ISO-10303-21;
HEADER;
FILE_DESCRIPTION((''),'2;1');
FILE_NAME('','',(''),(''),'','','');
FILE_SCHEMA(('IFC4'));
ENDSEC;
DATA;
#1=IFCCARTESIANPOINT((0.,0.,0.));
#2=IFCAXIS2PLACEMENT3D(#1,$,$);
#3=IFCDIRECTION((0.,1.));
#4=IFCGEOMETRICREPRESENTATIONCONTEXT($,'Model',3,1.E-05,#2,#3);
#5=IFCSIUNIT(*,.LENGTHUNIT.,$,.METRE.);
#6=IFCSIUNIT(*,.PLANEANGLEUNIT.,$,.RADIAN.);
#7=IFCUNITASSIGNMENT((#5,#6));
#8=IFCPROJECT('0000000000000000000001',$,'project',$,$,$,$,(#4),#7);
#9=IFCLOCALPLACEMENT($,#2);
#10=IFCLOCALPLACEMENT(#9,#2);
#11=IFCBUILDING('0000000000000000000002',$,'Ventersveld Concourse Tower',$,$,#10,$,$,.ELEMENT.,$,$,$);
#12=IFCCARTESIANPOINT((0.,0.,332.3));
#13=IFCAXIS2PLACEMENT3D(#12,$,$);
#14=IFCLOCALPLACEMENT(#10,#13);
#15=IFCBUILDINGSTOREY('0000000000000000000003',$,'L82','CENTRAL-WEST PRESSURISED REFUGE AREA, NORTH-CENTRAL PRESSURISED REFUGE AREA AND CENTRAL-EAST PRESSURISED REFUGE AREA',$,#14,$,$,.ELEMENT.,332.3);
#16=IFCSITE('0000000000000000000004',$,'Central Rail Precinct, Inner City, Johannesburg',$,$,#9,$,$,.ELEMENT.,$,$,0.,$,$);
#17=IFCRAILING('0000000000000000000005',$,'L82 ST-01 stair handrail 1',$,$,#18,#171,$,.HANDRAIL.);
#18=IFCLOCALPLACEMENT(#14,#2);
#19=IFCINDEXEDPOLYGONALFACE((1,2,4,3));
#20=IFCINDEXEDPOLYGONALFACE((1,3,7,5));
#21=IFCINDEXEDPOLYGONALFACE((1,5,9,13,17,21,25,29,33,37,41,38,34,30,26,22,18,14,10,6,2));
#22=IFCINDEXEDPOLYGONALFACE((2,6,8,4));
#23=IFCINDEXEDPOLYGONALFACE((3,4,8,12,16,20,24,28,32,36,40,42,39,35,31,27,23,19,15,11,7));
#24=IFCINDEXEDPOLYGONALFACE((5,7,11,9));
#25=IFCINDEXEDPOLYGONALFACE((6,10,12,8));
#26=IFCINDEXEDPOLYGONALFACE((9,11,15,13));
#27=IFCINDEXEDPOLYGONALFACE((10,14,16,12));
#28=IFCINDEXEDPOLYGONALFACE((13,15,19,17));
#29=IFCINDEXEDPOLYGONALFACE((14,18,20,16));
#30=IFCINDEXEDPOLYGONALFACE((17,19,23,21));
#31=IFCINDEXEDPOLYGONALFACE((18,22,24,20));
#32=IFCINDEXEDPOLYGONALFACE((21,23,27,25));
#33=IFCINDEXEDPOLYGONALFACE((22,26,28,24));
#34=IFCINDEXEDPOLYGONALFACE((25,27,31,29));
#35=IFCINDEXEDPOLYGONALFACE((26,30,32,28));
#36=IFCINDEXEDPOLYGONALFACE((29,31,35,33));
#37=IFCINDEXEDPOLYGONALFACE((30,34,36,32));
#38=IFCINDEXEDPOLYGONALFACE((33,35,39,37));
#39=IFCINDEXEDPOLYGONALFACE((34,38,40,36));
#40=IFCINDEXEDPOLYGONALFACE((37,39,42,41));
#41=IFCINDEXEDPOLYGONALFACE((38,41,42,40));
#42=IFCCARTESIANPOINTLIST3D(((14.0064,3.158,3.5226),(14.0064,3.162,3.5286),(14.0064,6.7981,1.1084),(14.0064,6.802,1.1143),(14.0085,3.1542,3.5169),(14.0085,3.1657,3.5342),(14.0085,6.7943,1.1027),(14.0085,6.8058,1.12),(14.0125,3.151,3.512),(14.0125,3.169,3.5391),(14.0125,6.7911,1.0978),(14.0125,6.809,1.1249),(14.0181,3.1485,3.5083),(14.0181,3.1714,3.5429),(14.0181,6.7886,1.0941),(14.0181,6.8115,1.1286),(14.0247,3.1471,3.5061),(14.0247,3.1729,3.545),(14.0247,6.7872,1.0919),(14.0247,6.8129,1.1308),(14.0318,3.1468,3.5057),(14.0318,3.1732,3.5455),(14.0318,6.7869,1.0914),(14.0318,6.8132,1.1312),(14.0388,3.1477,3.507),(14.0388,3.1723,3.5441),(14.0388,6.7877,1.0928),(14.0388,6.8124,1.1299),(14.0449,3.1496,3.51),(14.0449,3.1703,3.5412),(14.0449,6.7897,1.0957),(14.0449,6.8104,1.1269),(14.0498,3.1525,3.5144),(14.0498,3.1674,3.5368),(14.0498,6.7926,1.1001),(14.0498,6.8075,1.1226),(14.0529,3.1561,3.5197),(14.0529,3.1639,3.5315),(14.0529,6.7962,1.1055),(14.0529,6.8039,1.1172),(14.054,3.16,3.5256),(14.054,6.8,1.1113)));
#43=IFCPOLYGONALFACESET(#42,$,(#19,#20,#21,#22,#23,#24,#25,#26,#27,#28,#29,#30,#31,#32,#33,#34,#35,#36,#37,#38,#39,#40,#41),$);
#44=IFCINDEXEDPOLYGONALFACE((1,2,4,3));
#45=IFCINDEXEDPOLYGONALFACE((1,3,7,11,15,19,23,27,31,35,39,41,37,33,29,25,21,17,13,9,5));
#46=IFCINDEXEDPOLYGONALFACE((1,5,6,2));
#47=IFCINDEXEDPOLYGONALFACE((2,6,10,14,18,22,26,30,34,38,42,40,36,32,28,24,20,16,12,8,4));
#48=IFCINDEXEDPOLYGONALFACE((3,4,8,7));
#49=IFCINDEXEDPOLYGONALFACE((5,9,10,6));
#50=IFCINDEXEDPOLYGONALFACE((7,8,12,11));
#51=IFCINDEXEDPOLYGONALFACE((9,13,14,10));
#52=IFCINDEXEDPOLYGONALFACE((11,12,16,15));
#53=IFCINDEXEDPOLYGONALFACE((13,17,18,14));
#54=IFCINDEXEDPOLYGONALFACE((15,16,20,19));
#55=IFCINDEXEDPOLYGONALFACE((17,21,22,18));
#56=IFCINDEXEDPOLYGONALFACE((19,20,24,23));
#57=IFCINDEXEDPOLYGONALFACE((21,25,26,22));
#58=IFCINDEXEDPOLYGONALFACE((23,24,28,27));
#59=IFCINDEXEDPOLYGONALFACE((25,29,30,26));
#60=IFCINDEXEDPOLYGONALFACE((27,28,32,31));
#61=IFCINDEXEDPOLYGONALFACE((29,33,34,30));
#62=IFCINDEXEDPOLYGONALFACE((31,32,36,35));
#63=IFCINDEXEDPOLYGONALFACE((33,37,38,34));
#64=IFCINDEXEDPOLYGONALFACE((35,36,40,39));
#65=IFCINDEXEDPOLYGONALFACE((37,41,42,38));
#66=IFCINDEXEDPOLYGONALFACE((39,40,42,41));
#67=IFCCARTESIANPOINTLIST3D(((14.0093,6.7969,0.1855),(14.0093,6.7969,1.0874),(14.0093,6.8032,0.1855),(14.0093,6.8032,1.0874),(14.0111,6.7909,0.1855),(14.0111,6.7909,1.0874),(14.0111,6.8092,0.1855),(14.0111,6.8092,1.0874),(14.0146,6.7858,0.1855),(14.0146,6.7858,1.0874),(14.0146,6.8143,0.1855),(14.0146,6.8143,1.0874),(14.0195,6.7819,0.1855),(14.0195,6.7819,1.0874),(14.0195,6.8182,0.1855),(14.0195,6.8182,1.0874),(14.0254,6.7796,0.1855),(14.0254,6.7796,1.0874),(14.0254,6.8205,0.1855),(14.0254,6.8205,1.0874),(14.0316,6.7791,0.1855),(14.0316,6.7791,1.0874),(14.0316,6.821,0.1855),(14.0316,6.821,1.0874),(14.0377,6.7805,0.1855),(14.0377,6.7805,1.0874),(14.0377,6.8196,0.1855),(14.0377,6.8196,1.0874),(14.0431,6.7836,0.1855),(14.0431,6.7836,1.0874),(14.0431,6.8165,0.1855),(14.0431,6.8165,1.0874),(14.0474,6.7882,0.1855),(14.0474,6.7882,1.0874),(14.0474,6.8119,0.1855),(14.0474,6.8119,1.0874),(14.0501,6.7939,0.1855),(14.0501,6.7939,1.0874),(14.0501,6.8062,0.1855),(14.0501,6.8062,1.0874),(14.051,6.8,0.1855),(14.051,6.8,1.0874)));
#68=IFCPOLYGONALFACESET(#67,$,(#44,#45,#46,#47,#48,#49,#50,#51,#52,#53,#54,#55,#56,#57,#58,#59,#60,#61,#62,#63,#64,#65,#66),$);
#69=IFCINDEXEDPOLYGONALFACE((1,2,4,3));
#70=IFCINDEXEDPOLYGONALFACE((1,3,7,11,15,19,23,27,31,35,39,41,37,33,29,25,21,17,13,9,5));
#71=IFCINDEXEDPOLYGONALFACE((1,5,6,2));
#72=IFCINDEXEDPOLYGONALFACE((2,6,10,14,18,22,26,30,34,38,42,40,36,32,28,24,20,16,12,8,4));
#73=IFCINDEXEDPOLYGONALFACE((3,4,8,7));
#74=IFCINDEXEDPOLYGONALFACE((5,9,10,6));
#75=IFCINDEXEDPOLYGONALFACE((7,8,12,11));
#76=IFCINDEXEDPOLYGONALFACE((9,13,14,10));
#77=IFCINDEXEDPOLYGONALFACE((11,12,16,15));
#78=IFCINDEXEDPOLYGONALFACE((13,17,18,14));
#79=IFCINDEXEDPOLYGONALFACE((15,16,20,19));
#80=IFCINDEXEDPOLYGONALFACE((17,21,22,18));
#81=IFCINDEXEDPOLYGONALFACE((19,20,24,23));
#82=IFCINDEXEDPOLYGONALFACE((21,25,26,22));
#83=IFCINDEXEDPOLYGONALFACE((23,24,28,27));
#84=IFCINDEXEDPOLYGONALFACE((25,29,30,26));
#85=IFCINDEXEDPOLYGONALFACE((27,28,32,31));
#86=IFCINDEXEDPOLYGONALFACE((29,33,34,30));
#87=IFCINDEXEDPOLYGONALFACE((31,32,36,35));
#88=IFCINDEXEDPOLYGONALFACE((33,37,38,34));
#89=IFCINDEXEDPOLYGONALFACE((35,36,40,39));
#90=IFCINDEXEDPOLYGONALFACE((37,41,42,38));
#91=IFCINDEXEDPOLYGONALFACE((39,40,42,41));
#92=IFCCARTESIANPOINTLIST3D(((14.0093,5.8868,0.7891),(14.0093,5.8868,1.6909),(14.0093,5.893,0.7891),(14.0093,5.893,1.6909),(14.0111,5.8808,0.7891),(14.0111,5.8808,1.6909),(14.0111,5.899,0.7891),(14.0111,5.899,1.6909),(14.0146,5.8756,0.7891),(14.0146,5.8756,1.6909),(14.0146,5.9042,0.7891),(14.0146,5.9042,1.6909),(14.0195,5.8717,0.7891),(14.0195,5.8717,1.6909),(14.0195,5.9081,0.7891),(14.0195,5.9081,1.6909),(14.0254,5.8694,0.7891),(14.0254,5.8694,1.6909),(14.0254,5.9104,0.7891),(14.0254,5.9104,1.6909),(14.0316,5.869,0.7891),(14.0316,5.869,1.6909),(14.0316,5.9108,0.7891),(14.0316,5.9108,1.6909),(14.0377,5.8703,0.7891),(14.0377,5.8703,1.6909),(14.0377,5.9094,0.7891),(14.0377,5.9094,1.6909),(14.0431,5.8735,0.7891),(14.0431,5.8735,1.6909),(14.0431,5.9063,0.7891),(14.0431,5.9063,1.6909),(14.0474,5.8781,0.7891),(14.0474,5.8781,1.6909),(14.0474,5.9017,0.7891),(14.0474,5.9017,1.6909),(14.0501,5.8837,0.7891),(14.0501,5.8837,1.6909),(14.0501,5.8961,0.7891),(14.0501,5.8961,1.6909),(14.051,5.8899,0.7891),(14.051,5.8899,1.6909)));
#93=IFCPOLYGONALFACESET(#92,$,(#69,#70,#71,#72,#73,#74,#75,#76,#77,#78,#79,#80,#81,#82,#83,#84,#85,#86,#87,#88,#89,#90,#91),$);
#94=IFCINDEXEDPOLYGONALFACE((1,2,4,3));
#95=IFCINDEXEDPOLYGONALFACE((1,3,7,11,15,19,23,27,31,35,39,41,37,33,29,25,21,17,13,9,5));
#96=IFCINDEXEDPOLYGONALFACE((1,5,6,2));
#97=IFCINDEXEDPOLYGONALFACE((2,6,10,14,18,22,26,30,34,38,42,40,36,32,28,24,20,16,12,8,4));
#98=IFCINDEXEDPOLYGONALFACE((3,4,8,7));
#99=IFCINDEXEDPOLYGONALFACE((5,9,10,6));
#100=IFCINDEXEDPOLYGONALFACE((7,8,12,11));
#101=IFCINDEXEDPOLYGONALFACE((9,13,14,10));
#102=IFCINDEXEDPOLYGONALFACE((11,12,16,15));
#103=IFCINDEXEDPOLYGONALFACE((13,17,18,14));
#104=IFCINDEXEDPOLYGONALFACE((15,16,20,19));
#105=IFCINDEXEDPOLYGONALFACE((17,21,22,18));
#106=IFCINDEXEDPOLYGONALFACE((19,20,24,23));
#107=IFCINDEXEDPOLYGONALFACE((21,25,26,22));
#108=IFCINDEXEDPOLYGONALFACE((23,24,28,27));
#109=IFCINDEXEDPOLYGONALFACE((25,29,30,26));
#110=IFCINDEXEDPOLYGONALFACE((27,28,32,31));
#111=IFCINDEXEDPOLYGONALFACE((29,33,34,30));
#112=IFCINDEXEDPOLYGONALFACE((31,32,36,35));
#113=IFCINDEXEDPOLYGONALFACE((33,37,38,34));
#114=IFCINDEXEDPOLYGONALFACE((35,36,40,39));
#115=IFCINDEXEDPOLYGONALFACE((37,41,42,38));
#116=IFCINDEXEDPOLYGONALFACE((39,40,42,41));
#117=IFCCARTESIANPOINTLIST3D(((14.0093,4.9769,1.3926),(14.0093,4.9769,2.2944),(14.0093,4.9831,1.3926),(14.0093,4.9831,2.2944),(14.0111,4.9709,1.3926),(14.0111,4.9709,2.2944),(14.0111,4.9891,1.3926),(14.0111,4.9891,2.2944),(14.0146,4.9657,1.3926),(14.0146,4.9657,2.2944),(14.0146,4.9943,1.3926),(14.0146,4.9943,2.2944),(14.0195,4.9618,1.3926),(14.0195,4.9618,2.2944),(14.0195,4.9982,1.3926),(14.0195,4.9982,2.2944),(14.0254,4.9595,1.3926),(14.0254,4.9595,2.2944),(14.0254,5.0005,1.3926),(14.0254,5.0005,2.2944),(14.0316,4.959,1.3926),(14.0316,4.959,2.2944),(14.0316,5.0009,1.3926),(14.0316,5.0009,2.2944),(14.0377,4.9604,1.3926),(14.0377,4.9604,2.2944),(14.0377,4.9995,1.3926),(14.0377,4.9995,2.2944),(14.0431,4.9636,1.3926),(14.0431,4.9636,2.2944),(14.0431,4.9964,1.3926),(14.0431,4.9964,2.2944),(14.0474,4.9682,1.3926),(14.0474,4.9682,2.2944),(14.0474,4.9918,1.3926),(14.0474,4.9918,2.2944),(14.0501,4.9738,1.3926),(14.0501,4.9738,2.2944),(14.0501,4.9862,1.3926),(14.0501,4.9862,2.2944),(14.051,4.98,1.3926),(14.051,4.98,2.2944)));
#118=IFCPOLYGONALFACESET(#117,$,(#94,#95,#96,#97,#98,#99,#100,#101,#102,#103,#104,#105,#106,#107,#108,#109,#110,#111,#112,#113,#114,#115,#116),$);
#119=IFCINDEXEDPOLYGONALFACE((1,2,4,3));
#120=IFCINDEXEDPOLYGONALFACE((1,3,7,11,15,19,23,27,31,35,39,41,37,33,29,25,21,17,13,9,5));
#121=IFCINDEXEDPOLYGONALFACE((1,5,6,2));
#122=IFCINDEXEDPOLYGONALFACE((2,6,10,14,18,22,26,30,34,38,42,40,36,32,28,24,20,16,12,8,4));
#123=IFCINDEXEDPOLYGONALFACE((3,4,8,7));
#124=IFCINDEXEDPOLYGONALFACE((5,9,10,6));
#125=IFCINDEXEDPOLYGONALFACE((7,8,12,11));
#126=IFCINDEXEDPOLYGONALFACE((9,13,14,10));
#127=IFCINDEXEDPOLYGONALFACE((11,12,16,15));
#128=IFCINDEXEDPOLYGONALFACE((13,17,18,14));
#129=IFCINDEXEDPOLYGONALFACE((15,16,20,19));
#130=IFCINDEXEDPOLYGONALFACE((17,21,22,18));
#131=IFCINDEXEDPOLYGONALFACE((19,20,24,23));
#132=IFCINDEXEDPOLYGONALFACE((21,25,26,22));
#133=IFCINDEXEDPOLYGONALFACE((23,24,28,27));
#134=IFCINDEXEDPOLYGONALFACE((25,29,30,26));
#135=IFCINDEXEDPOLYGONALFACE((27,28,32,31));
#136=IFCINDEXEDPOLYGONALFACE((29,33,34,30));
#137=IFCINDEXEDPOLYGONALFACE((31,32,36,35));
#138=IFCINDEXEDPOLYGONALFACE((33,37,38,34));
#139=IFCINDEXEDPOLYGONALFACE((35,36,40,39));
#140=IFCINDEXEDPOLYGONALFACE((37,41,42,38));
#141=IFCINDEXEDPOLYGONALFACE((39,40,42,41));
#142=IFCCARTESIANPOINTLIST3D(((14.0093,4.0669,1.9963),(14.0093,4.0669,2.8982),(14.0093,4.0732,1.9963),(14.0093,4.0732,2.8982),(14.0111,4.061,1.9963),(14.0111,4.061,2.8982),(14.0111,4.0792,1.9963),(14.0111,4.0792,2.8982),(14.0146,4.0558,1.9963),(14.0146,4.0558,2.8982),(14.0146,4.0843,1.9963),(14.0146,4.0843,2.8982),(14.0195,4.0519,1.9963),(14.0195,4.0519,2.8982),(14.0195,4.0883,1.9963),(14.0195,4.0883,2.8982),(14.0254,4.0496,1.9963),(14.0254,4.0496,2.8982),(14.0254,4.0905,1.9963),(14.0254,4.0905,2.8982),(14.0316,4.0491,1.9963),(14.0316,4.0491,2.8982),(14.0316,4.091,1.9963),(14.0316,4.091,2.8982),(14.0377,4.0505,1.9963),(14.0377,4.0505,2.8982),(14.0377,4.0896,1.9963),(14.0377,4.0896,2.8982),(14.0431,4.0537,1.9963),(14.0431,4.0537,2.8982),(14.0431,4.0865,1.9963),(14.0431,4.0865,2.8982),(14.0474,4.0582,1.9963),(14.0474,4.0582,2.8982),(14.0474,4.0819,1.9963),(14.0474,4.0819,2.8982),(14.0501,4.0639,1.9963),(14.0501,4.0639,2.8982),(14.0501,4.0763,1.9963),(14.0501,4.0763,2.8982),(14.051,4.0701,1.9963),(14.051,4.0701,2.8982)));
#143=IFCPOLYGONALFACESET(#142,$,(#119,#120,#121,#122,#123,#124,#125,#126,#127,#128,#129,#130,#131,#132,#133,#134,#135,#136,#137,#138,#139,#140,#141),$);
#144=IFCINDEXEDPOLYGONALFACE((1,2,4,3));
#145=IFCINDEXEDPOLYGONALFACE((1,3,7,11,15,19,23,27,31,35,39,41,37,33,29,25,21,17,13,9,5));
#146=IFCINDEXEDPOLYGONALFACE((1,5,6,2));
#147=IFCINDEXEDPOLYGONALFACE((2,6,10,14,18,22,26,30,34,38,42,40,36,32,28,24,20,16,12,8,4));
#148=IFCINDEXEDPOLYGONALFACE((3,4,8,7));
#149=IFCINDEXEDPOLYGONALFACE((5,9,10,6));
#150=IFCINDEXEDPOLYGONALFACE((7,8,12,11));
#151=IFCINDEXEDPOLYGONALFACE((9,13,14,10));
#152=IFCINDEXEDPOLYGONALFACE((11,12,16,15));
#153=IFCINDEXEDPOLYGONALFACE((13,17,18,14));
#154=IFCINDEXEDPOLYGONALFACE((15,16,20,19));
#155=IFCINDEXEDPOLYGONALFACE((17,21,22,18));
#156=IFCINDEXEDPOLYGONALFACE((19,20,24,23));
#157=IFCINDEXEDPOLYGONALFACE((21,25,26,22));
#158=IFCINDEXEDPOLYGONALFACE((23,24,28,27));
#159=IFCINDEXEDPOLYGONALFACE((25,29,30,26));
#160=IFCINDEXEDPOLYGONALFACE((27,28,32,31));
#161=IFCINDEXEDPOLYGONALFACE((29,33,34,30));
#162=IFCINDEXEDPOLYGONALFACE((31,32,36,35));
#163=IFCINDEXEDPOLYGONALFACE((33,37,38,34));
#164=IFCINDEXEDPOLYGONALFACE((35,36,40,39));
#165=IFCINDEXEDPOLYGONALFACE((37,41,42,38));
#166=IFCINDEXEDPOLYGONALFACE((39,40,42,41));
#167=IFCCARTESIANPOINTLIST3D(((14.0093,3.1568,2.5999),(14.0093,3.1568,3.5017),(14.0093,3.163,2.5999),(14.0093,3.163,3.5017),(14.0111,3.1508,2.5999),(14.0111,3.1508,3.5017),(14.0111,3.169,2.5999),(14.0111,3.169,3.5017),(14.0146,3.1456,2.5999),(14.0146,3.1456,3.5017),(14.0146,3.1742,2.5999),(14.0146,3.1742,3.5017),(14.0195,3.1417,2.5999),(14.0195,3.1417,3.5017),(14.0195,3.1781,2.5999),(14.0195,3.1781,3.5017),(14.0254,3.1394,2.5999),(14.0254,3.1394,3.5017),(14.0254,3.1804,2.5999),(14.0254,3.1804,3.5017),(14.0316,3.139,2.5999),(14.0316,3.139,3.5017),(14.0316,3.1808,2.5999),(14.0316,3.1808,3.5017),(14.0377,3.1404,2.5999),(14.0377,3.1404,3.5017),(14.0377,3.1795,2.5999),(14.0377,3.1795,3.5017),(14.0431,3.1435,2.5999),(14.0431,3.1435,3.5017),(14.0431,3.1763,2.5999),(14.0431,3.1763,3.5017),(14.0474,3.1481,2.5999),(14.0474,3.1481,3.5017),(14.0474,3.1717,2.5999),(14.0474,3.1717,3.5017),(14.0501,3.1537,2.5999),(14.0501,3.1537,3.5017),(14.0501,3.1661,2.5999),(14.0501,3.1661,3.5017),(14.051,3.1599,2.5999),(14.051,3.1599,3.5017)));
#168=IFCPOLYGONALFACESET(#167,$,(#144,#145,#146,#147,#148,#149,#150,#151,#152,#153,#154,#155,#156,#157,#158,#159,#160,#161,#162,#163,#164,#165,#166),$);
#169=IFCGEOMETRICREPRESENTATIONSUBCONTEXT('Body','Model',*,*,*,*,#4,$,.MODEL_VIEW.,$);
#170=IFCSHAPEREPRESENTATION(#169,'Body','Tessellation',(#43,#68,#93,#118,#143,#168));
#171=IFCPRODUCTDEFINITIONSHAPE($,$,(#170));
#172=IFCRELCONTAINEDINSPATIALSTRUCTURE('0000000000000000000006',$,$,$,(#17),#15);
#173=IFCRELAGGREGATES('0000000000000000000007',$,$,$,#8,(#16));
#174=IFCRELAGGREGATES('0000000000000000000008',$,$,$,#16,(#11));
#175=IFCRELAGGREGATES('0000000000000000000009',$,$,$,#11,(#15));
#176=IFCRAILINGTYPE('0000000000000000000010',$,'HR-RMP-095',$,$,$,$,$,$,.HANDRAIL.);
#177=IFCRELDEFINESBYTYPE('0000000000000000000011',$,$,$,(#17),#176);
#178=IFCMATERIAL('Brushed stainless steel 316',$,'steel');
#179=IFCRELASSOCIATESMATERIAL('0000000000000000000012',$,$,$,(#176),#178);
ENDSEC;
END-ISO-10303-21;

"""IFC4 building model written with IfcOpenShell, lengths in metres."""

from ifc_helpers import new_model, si_unit, direction, frame, origin, origin_2d, place, context, subcontext, project, spatial, circle, extrude, material, type_object, element, save


model = new_model("IFC4")

# Units and contexts
model_context = context("Model", 3, precision=1e-05, world=origin(), true_north=direction((0.0, 1.0)))
body_context = subcontext(model_context, "Body", "Model", "MODEL_VIEW")
ifc_project = project(units=[si_unit("LENGTHUNIT", "METRE"), si_unit("PLANEANGLEUNIT", "RADIAN")], contexts=[model_context])

# Site, building, storey
site_placement = place(None, origin())
site = spatial("IfcSite", under=ifc_project, at=site_placement, Name="Central Rail Precinct, Inner City, Johannesburg", CompositionType="ELEMENT", RefElevation=0.0)
building_placement = place(site_placement, origin())
building = spatial("IfcBuilding", under=site, at=building_placement, Name="Ventersveld Concourse Tower", CompositionType="ELEMENT")
storey_placement = place(building_placement, frame((0.0, 0.0, 332.3)))
storey = spatial("IfcBuildingStorey", under=building, at=storey_placement, Name="L82", Description="CENTRAL-WEST PRESSURISED REFUGE AREA, NORTH-CENTRAL PRESSURISED REFUGE AREA AND CENTRAL-EAST PRESSURISED REFUGE AREA", CompositionType="ELEMENT", Elevation=332.3)

# Shared definitions
ifc_material_1 = material(Name="Brushed stainless steel 316", Category="steel")

# Railing
railing_type_1 = type_object("IfcRailingType", Name="HR-RMP-095", PredefinedType="HANDRAIL", material=ifc_material_1)
railing_1_placement = place(storey_placement, frame((14.03, 6.8, 0.1855)))
element("IfcRailing", 1, at=railing_1_placement, inside=storey, type_object=railing_type_1, Name="L82 ST-01 stair handrail 1", PredefinedType="HANDRAIL", context=body_context, shape_type="SweptSolid", body=[
    extrude(circle(Radius=0.0239, at=origin_2d()), frame((0.0, 0.0, 0.9258), z_axis=(0.0, -0.833364, 0.552725), x_axis=(1.0, 0.0, 0.0)), (0.0, 0.0, 1.0), 4.3679),
    extrude(circle(Radius=0.021, at=origin_2d()), origin(), (0.0, 0.0, 1.0), 0.9019),
    extrude(circle(Radius=0.021, at=origin_2d()), frame((0.0, -0.9102, 0.6035)), (0.0, 0.0, 1.0), 0.9019),
    extrude(circle(Radius=0.021, at=origin_2d()), frame((0.0, -1.8201, 1.207)), (0.0, 0.0, 1.0), 0.9019),
    extrude(circle(Radius=0.021, at=origin_2d()), frame((0.0, -2.73, 1.8108)), (0.0, 0.0, 1.0), 0.9019),
    extrude(circle(Radius=0.021, at=origin_2d()), frame((0.0, -3.6401, 2.4143)), (0.0, 0.0, 1.0), 0.9019),
])

save(model, "model.ifc")
